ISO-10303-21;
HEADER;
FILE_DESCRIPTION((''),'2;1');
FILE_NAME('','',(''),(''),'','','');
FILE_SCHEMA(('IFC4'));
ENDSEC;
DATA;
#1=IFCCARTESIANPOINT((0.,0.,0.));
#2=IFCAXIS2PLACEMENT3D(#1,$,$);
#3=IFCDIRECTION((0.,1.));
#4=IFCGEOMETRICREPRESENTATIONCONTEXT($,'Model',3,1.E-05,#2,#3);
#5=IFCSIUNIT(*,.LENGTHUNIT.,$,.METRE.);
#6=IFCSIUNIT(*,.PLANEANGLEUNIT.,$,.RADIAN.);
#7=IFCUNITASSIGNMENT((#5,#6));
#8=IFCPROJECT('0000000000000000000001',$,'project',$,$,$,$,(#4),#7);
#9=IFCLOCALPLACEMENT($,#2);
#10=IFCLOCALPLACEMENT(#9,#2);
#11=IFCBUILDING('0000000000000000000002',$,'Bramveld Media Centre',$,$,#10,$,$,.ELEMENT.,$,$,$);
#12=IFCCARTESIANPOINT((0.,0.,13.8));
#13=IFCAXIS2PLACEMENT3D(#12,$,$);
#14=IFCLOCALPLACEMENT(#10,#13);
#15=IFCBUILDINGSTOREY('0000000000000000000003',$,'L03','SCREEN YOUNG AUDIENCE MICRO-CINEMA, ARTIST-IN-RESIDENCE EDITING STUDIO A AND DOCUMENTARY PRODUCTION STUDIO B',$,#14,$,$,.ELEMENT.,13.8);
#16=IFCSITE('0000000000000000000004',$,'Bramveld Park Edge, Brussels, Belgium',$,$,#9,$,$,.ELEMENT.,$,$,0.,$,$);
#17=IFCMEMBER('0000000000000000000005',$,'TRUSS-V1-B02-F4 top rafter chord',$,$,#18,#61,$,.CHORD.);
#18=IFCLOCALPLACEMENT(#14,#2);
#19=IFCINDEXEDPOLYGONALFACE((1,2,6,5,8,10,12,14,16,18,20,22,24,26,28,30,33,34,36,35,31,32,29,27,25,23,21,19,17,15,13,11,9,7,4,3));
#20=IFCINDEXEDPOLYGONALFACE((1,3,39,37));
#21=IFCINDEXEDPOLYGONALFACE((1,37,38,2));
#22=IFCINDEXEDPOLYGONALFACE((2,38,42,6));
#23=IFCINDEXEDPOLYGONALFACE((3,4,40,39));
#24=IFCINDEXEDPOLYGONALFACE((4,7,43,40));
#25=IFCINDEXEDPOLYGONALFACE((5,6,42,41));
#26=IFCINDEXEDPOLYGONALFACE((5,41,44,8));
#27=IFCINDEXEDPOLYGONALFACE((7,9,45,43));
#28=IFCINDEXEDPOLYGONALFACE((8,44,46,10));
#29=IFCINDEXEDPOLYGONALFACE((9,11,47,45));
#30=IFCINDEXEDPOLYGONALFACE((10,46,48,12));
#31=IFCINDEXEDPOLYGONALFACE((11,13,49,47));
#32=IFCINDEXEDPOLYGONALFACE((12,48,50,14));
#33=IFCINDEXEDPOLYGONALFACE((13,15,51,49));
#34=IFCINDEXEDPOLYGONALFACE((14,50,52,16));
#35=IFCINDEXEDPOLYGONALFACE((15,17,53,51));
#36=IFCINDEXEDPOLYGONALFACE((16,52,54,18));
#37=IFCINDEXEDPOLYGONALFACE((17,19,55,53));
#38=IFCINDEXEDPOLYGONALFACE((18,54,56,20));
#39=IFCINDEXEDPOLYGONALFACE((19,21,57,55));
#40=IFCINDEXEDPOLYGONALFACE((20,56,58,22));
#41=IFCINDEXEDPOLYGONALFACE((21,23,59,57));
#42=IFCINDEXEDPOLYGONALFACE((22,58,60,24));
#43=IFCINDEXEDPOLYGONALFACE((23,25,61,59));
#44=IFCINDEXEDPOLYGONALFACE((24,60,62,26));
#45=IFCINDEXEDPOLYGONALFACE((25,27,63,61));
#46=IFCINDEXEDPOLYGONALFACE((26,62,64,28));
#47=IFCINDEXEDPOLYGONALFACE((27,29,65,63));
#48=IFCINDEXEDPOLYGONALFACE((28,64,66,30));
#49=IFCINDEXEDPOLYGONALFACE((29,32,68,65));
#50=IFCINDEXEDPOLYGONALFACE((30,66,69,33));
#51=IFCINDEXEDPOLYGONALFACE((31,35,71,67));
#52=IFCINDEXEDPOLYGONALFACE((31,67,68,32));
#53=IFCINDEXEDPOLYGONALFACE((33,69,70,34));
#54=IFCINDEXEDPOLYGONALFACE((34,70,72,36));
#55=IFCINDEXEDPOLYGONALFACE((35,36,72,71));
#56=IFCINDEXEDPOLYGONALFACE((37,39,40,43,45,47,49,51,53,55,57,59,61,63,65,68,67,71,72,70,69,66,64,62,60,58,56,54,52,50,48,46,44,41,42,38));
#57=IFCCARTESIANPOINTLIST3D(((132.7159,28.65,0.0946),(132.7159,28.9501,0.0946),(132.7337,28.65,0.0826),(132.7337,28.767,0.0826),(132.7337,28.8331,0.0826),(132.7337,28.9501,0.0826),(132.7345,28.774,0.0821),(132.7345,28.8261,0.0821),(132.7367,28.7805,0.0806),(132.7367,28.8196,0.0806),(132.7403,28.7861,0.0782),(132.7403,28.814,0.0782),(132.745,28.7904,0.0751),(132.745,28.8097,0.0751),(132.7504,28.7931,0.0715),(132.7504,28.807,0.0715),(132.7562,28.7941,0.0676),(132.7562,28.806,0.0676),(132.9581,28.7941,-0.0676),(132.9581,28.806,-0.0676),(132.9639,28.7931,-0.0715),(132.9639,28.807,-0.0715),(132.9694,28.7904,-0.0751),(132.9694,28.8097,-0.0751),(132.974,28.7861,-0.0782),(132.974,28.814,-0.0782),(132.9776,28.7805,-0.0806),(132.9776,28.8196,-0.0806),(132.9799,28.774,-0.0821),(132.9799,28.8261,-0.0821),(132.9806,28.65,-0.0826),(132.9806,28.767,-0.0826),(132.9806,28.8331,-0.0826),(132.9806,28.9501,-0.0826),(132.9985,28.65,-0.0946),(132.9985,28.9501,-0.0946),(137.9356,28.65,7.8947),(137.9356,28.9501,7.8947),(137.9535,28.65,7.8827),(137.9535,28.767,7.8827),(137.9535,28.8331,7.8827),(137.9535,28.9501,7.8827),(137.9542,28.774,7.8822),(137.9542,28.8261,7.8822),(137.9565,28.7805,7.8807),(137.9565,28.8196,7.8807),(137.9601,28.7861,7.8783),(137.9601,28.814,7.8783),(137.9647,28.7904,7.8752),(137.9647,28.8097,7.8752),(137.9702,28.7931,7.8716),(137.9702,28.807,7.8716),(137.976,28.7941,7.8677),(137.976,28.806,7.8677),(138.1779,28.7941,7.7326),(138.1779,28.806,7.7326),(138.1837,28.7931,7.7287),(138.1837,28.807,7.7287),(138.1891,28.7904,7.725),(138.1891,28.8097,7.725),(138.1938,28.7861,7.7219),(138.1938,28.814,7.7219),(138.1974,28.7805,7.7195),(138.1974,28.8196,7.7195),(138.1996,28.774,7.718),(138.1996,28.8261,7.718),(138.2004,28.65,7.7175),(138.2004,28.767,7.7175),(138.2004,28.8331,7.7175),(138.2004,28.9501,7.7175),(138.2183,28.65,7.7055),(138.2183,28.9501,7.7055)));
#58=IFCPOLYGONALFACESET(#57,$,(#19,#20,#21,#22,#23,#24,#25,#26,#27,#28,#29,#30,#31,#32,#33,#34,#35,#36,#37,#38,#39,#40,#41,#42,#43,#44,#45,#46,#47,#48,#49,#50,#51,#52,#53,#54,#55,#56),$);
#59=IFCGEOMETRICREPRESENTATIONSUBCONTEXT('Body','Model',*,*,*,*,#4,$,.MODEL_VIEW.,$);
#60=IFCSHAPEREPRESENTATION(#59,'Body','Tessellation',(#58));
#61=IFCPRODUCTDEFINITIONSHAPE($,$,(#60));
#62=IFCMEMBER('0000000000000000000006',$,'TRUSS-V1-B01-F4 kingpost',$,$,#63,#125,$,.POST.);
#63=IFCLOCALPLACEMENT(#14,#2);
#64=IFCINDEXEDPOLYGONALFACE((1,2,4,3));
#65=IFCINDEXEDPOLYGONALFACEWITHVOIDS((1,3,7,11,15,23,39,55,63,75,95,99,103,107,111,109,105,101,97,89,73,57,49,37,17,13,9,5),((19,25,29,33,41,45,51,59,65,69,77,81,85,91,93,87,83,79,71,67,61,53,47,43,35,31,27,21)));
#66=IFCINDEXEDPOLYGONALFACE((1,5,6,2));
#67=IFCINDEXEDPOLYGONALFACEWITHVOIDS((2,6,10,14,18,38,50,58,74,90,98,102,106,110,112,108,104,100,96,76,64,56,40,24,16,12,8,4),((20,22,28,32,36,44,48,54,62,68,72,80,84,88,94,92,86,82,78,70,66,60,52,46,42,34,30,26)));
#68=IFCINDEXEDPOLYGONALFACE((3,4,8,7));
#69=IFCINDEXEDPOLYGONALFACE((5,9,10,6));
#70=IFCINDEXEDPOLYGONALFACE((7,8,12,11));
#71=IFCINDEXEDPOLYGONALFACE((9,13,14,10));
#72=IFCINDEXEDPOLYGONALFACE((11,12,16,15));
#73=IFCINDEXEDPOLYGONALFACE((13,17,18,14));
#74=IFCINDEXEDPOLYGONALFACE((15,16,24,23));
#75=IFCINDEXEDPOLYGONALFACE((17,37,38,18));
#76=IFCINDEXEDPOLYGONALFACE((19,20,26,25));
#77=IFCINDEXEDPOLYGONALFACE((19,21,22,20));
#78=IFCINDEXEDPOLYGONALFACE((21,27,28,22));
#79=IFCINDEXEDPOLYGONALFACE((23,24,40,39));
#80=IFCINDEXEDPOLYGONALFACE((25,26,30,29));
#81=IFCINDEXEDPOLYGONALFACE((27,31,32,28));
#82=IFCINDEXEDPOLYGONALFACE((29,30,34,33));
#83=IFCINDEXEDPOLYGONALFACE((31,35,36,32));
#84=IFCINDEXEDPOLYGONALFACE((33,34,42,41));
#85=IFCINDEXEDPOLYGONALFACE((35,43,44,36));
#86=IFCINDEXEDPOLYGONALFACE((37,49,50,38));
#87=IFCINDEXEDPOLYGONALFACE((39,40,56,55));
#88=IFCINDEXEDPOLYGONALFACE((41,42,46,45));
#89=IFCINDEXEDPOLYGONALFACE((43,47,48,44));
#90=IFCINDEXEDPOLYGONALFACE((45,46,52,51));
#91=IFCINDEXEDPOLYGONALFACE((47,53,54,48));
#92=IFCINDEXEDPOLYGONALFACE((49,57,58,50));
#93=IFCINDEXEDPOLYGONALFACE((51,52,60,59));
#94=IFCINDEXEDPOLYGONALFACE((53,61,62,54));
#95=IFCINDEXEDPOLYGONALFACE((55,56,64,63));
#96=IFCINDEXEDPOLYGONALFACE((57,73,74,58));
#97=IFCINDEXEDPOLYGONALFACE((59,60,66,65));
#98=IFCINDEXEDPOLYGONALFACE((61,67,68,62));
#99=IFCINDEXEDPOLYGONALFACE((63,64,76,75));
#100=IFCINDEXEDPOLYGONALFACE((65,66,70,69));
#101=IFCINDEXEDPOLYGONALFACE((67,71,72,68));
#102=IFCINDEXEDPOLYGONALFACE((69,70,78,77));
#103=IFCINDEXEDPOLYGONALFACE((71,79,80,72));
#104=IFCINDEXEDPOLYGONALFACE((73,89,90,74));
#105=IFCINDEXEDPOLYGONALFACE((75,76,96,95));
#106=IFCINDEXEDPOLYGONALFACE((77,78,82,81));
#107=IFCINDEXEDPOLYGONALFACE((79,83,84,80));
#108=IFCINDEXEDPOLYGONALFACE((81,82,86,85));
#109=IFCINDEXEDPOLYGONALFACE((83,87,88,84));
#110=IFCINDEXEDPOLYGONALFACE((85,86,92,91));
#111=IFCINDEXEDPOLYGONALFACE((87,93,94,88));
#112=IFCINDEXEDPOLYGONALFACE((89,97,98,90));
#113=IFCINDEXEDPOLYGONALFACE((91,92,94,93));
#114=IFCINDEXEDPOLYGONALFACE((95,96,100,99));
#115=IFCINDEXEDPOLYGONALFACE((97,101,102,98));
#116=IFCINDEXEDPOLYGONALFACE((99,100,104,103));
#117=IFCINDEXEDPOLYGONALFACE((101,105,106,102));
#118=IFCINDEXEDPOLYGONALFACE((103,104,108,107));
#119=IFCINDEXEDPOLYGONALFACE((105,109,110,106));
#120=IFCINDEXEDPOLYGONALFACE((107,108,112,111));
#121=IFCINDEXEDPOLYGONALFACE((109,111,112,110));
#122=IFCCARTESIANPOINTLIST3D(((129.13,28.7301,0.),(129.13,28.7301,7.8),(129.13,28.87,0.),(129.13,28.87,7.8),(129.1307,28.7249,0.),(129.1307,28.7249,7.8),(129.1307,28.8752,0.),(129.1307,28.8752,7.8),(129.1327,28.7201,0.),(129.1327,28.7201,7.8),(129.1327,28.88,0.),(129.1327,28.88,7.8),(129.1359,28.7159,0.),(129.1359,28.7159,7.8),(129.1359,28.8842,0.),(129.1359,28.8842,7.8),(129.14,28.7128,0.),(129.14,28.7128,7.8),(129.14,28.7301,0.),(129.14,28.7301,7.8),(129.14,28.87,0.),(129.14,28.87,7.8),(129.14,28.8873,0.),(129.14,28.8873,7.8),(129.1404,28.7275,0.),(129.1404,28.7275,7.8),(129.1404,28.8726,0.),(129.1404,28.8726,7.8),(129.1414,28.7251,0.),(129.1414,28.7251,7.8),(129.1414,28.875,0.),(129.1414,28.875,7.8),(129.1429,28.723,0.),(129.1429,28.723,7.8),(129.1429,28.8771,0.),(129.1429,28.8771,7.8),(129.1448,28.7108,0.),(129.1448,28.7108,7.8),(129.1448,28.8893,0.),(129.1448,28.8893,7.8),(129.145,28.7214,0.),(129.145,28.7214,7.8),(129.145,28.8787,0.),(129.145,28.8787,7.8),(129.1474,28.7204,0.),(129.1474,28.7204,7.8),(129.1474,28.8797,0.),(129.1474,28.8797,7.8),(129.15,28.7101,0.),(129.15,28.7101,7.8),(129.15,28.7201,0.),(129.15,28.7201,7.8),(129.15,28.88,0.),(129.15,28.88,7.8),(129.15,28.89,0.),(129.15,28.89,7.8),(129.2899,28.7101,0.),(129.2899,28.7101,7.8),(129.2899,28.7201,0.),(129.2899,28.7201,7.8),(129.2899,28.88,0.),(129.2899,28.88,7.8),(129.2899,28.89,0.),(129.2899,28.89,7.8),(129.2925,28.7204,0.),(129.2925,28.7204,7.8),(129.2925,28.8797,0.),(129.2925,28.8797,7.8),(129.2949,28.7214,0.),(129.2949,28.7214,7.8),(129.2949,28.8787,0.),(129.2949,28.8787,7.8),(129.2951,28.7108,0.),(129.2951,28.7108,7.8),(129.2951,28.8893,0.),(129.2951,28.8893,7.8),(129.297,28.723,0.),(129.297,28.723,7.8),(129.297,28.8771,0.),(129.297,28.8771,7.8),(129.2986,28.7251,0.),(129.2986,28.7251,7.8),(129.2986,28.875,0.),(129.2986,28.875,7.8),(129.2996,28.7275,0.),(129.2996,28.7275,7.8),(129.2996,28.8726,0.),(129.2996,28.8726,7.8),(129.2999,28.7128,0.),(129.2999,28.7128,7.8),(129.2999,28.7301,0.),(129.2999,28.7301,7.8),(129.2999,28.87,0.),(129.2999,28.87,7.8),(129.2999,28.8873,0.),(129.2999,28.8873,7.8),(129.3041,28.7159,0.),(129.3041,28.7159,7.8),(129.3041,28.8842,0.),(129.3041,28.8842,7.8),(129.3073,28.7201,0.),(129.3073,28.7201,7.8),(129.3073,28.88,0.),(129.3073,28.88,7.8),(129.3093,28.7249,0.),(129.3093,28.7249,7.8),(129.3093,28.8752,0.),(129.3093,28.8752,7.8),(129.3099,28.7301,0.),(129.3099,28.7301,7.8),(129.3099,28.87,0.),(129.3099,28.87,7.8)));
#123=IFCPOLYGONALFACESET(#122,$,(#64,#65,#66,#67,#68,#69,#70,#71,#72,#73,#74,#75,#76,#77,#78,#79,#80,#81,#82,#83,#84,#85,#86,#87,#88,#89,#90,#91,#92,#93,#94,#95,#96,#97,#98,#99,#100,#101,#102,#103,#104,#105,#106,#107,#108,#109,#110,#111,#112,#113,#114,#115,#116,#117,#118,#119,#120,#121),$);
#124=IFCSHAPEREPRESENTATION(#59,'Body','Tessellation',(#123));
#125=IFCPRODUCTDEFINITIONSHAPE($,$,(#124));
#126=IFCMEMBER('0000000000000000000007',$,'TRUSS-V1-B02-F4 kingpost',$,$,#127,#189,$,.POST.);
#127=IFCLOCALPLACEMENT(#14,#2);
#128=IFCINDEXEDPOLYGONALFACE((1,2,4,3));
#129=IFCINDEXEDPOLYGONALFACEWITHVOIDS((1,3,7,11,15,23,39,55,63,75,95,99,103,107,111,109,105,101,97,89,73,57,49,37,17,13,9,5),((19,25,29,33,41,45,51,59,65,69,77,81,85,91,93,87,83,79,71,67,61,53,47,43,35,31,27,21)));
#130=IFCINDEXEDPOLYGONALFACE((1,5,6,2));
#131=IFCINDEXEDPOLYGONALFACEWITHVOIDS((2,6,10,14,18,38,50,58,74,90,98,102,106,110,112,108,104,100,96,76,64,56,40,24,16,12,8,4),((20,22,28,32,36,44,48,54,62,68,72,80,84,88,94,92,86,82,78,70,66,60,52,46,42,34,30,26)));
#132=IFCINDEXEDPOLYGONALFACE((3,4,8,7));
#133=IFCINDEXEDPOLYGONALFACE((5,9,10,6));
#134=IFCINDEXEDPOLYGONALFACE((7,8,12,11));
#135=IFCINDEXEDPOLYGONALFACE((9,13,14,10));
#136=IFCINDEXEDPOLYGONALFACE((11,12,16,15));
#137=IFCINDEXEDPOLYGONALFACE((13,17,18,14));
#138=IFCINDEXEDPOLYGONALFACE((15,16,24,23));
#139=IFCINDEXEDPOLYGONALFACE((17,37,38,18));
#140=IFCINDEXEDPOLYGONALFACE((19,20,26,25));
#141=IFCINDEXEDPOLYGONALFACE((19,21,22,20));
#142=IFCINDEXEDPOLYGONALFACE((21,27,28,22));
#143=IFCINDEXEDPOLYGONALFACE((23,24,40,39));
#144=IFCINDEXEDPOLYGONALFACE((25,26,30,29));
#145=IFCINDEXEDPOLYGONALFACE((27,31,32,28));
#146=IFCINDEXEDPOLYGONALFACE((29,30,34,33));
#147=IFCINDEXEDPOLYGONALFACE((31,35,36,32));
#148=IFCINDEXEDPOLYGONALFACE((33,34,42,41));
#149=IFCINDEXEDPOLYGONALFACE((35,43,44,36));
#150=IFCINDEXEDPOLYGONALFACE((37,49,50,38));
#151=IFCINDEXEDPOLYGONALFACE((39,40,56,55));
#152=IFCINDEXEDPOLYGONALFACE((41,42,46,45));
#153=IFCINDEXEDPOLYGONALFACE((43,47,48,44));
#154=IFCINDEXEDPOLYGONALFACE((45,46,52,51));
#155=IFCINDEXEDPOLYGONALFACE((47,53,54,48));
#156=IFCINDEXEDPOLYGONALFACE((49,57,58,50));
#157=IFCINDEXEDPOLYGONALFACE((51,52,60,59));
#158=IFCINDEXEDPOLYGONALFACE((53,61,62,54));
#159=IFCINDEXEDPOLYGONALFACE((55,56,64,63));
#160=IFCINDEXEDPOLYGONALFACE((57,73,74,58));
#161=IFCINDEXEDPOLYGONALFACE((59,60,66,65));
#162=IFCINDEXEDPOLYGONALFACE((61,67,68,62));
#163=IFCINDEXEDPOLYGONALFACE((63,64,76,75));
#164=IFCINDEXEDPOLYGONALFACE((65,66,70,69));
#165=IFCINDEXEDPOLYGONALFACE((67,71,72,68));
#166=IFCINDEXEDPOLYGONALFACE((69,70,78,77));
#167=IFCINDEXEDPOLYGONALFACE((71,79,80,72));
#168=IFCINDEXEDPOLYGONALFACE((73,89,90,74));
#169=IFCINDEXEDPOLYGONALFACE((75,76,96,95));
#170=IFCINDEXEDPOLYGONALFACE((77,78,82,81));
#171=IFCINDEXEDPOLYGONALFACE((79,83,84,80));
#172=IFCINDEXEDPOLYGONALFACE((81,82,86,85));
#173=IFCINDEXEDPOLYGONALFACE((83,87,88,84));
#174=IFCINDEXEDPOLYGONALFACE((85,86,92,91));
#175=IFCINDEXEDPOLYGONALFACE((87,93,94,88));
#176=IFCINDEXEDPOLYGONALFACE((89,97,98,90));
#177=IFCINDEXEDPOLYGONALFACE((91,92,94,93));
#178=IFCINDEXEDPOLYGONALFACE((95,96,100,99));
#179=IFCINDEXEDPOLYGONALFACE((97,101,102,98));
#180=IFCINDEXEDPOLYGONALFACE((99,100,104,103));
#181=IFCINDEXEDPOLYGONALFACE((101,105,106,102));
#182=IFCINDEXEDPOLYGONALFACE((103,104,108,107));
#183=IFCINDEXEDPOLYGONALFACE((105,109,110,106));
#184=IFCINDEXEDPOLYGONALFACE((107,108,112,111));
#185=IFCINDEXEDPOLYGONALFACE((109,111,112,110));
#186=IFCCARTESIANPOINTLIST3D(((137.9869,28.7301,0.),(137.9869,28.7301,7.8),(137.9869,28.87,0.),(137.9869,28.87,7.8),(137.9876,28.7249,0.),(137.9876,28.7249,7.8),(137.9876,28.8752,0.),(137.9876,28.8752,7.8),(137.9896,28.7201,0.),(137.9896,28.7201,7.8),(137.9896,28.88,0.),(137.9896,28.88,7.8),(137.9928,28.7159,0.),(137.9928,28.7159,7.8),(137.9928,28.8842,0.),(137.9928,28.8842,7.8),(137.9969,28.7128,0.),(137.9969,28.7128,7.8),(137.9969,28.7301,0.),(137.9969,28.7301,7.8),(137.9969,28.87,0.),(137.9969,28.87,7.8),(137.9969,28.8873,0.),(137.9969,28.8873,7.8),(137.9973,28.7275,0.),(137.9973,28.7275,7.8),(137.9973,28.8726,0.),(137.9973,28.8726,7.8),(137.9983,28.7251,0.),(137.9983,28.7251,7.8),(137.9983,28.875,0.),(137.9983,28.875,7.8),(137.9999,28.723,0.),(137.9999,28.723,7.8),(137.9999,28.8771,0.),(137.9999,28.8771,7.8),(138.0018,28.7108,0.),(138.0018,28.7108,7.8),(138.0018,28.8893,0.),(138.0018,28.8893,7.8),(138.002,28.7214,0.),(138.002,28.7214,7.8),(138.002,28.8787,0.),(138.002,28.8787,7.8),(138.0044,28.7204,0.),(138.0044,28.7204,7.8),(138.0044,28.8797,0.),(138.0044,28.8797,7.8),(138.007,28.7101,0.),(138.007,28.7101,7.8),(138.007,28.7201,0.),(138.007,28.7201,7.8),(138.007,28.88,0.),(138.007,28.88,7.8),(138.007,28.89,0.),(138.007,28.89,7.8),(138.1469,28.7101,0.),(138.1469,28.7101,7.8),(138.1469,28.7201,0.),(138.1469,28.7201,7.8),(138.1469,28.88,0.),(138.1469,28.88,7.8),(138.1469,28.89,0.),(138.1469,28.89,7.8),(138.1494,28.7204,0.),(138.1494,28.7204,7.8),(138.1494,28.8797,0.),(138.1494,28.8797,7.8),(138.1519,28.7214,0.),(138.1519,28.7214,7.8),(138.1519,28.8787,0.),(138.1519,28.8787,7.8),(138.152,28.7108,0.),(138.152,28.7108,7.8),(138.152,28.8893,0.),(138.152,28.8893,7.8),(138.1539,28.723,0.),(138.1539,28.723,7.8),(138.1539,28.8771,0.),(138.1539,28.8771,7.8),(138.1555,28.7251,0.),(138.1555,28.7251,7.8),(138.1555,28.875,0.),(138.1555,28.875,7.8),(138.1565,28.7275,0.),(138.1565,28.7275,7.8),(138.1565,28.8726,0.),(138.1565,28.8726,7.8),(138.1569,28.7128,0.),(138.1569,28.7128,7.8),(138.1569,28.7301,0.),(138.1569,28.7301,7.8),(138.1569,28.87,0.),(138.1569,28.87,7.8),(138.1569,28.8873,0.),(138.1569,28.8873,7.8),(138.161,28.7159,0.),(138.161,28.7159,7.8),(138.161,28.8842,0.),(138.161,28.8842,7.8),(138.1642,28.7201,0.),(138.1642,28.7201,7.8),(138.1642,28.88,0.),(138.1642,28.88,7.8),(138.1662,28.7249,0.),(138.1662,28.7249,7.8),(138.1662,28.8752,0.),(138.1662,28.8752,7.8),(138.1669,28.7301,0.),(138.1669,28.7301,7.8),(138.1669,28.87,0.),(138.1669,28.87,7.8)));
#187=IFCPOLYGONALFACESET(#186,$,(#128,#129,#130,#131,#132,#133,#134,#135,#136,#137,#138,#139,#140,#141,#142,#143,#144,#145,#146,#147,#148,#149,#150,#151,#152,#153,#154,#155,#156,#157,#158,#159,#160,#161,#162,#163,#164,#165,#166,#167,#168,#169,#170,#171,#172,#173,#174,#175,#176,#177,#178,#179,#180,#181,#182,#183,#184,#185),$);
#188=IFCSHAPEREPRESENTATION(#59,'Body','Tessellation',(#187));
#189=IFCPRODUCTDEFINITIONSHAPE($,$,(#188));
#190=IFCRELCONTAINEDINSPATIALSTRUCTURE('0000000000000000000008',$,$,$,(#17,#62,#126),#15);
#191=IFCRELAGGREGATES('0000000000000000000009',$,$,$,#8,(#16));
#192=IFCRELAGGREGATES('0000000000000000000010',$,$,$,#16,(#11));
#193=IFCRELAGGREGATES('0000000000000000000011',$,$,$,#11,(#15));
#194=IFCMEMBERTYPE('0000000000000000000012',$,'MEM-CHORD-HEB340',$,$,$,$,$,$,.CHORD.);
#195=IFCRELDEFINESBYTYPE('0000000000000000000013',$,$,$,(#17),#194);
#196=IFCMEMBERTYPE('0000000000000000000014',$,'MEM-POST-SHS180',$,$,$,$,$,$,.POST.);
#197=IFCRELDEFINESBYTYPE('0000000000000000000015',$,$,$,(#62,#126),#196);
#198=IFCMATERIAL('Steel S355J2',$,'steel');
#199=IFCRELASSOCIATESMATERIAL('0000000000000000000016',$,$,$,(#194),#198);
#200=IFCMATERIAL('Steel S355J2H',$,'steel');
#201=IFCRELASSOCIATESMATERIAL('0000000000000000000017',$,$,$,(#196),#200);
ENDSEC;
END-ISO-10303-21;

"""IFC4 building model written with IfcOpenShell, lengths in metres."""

from ifc_helpers import new_model, si_unit, direction, frame, origin, origin_2d, place, context, subcontext, project, spatial, hollow_rectangle, i_section, extrude, material, material_profile, profile_set, type_object, element, save


model = new_model("IFC4")

# Units and contexts
model_context = context("Model", 3, precision=1e-05, world=origin(), true_north=direction((0.0, 1.0)))
body_context = subcontext(model_context, "Body", "Model", "MODEL_VIEW")
ifc_project = project(units=[si_unit("LENGTHUNIT", "METRE"), si_unit("PLANEANGLEUNIT", "RADIAN")], contexts=[model_context])

# Site, building, storey
site_placement = place(None, origin())
site = spatial("IfcSite", under=ifc_project, at=site_placement, Name="Bramveld Park Edge, Brussels, Belgium", CompositionType="ELEMENT", RefElevation=0.0)
building_placement = place(site_placement, origin())
building = spatial("IfcBuilding", under=site, at=building_placement, Name="Bramveld Media Centre", CompositionType="ELEMENT")
storey_placement = place(building_placement, frame((0.0, 0.0, 13.8)))
storey = spatial("IfcBuildingStorey", under=building, at=storey_placement, Name="L03", Description="SCREEN YOUNG AUDIENCE MICRO-CINEMA, ARTIST-IN-RESIDENCE EDITING STUDIO A AND DOCUMENTARY PRODUCTION STUDIO B", CompositionType="ELEMENT", Elevation=13.8)

# Members
ifc_material_1 = material(Name="Steel S355J2", Category="steel")
ifc_material_profile_1 = material_profile(ifc_material_1, i_section(OverallWidth=0.3, OverallDepth=0.3401, WebThickness=0.012, FlangeThickness=0.0215, FilletRadius=0.0271, at=origin_2d()), Name="HEB 340")
ifc_profile_set_1 = profile_set([ifc_material_profile_1], Name="Steel S355J2")
member_type_1 = type_object("IfcMemberType", Name="MEM-CHORD-HEB340", PredefinedType="CHORD", material=ifc_profile_set_1)
for number, where, z_axis, x_axis, name in (
    (1, (132.8572, 28.8, 0.0), (0.556152, 0.0, 0.831081), (0.0, 1.0, 0.0), "TRUSS-V1-B02-F4 top rafter chord"),
):
    element("IfcMember", number, at=place(storey_placement, frame(where, z_axis=z_axis, x_axis=x_axis)), inside=storey, type_object=member_type_1, Name=name, PredefinedType="CHORD", context=body_context, shape_type="SweptSolid", body=[
        extrude(i_section(OverallWidth=0.3, OverallDepth=0.3401, WebThickness=0.012, FlangeThickness=0.0215, FilletRadius=0.0271, at=origin_2d()), origin(), (0.0, 0.0, 1.0), 9.3855),
    ])
ifc_material_2 = material(Name="Steel S355J2H", Category="steel")
ifc_material_profile_2 = material_profile(ifc_material_2, hollow_rectangle(XDim=0.1799, YDim=0.1799, WallThickness=0.01, InnerFilletRadius=0.01, OuterFilletRadius=0.02, at=origin_2d()), Name="SHS 180x180x10")
ifc_profile_set_2 = profile_set([ifc_material_profile_2], Name="Steel S355J2H")
member_type_2 = type_object("IfcMemberType", Name="MEM-POST-SHS180", PredefinedType="POST", material=ifc_profile_set_2)
for number, where, z_axis, x_axis, name in (
    (2, (129.22, 28.8, 0.0), (0.0, 0.0, 1.0), (1.0, 0.0, 0.0), "TRUSS-V1-B01-F4 kingpost"),
    (3, (138.0769, 28.8, 0.0), (0.0, 0.0, 1.0), (1.0, 0.0, 0.0), "TRUSS-V1-B02-F4 kingpost"),
):
    element("IfcMember", number, at=place(storey_placement, frame(where, z_axis=z_axis, x_axis=x_axis)), inside=storey, type_object=member_type_2, Name=name, PredefinedType="POST", context=body_context, shape_type="SweptSolid", body=[
        extrude(hollow_rectangle(XDim=0.1799, YDim=0.1799, WallThickness=0.01, InnerFilletRadius=0.01, OuterFilletRadius=0.02, at=origin_2d()), origin(), (0.0, 0.0, 1.0), 7.8),
    ])

save(model, "model.ifc")
